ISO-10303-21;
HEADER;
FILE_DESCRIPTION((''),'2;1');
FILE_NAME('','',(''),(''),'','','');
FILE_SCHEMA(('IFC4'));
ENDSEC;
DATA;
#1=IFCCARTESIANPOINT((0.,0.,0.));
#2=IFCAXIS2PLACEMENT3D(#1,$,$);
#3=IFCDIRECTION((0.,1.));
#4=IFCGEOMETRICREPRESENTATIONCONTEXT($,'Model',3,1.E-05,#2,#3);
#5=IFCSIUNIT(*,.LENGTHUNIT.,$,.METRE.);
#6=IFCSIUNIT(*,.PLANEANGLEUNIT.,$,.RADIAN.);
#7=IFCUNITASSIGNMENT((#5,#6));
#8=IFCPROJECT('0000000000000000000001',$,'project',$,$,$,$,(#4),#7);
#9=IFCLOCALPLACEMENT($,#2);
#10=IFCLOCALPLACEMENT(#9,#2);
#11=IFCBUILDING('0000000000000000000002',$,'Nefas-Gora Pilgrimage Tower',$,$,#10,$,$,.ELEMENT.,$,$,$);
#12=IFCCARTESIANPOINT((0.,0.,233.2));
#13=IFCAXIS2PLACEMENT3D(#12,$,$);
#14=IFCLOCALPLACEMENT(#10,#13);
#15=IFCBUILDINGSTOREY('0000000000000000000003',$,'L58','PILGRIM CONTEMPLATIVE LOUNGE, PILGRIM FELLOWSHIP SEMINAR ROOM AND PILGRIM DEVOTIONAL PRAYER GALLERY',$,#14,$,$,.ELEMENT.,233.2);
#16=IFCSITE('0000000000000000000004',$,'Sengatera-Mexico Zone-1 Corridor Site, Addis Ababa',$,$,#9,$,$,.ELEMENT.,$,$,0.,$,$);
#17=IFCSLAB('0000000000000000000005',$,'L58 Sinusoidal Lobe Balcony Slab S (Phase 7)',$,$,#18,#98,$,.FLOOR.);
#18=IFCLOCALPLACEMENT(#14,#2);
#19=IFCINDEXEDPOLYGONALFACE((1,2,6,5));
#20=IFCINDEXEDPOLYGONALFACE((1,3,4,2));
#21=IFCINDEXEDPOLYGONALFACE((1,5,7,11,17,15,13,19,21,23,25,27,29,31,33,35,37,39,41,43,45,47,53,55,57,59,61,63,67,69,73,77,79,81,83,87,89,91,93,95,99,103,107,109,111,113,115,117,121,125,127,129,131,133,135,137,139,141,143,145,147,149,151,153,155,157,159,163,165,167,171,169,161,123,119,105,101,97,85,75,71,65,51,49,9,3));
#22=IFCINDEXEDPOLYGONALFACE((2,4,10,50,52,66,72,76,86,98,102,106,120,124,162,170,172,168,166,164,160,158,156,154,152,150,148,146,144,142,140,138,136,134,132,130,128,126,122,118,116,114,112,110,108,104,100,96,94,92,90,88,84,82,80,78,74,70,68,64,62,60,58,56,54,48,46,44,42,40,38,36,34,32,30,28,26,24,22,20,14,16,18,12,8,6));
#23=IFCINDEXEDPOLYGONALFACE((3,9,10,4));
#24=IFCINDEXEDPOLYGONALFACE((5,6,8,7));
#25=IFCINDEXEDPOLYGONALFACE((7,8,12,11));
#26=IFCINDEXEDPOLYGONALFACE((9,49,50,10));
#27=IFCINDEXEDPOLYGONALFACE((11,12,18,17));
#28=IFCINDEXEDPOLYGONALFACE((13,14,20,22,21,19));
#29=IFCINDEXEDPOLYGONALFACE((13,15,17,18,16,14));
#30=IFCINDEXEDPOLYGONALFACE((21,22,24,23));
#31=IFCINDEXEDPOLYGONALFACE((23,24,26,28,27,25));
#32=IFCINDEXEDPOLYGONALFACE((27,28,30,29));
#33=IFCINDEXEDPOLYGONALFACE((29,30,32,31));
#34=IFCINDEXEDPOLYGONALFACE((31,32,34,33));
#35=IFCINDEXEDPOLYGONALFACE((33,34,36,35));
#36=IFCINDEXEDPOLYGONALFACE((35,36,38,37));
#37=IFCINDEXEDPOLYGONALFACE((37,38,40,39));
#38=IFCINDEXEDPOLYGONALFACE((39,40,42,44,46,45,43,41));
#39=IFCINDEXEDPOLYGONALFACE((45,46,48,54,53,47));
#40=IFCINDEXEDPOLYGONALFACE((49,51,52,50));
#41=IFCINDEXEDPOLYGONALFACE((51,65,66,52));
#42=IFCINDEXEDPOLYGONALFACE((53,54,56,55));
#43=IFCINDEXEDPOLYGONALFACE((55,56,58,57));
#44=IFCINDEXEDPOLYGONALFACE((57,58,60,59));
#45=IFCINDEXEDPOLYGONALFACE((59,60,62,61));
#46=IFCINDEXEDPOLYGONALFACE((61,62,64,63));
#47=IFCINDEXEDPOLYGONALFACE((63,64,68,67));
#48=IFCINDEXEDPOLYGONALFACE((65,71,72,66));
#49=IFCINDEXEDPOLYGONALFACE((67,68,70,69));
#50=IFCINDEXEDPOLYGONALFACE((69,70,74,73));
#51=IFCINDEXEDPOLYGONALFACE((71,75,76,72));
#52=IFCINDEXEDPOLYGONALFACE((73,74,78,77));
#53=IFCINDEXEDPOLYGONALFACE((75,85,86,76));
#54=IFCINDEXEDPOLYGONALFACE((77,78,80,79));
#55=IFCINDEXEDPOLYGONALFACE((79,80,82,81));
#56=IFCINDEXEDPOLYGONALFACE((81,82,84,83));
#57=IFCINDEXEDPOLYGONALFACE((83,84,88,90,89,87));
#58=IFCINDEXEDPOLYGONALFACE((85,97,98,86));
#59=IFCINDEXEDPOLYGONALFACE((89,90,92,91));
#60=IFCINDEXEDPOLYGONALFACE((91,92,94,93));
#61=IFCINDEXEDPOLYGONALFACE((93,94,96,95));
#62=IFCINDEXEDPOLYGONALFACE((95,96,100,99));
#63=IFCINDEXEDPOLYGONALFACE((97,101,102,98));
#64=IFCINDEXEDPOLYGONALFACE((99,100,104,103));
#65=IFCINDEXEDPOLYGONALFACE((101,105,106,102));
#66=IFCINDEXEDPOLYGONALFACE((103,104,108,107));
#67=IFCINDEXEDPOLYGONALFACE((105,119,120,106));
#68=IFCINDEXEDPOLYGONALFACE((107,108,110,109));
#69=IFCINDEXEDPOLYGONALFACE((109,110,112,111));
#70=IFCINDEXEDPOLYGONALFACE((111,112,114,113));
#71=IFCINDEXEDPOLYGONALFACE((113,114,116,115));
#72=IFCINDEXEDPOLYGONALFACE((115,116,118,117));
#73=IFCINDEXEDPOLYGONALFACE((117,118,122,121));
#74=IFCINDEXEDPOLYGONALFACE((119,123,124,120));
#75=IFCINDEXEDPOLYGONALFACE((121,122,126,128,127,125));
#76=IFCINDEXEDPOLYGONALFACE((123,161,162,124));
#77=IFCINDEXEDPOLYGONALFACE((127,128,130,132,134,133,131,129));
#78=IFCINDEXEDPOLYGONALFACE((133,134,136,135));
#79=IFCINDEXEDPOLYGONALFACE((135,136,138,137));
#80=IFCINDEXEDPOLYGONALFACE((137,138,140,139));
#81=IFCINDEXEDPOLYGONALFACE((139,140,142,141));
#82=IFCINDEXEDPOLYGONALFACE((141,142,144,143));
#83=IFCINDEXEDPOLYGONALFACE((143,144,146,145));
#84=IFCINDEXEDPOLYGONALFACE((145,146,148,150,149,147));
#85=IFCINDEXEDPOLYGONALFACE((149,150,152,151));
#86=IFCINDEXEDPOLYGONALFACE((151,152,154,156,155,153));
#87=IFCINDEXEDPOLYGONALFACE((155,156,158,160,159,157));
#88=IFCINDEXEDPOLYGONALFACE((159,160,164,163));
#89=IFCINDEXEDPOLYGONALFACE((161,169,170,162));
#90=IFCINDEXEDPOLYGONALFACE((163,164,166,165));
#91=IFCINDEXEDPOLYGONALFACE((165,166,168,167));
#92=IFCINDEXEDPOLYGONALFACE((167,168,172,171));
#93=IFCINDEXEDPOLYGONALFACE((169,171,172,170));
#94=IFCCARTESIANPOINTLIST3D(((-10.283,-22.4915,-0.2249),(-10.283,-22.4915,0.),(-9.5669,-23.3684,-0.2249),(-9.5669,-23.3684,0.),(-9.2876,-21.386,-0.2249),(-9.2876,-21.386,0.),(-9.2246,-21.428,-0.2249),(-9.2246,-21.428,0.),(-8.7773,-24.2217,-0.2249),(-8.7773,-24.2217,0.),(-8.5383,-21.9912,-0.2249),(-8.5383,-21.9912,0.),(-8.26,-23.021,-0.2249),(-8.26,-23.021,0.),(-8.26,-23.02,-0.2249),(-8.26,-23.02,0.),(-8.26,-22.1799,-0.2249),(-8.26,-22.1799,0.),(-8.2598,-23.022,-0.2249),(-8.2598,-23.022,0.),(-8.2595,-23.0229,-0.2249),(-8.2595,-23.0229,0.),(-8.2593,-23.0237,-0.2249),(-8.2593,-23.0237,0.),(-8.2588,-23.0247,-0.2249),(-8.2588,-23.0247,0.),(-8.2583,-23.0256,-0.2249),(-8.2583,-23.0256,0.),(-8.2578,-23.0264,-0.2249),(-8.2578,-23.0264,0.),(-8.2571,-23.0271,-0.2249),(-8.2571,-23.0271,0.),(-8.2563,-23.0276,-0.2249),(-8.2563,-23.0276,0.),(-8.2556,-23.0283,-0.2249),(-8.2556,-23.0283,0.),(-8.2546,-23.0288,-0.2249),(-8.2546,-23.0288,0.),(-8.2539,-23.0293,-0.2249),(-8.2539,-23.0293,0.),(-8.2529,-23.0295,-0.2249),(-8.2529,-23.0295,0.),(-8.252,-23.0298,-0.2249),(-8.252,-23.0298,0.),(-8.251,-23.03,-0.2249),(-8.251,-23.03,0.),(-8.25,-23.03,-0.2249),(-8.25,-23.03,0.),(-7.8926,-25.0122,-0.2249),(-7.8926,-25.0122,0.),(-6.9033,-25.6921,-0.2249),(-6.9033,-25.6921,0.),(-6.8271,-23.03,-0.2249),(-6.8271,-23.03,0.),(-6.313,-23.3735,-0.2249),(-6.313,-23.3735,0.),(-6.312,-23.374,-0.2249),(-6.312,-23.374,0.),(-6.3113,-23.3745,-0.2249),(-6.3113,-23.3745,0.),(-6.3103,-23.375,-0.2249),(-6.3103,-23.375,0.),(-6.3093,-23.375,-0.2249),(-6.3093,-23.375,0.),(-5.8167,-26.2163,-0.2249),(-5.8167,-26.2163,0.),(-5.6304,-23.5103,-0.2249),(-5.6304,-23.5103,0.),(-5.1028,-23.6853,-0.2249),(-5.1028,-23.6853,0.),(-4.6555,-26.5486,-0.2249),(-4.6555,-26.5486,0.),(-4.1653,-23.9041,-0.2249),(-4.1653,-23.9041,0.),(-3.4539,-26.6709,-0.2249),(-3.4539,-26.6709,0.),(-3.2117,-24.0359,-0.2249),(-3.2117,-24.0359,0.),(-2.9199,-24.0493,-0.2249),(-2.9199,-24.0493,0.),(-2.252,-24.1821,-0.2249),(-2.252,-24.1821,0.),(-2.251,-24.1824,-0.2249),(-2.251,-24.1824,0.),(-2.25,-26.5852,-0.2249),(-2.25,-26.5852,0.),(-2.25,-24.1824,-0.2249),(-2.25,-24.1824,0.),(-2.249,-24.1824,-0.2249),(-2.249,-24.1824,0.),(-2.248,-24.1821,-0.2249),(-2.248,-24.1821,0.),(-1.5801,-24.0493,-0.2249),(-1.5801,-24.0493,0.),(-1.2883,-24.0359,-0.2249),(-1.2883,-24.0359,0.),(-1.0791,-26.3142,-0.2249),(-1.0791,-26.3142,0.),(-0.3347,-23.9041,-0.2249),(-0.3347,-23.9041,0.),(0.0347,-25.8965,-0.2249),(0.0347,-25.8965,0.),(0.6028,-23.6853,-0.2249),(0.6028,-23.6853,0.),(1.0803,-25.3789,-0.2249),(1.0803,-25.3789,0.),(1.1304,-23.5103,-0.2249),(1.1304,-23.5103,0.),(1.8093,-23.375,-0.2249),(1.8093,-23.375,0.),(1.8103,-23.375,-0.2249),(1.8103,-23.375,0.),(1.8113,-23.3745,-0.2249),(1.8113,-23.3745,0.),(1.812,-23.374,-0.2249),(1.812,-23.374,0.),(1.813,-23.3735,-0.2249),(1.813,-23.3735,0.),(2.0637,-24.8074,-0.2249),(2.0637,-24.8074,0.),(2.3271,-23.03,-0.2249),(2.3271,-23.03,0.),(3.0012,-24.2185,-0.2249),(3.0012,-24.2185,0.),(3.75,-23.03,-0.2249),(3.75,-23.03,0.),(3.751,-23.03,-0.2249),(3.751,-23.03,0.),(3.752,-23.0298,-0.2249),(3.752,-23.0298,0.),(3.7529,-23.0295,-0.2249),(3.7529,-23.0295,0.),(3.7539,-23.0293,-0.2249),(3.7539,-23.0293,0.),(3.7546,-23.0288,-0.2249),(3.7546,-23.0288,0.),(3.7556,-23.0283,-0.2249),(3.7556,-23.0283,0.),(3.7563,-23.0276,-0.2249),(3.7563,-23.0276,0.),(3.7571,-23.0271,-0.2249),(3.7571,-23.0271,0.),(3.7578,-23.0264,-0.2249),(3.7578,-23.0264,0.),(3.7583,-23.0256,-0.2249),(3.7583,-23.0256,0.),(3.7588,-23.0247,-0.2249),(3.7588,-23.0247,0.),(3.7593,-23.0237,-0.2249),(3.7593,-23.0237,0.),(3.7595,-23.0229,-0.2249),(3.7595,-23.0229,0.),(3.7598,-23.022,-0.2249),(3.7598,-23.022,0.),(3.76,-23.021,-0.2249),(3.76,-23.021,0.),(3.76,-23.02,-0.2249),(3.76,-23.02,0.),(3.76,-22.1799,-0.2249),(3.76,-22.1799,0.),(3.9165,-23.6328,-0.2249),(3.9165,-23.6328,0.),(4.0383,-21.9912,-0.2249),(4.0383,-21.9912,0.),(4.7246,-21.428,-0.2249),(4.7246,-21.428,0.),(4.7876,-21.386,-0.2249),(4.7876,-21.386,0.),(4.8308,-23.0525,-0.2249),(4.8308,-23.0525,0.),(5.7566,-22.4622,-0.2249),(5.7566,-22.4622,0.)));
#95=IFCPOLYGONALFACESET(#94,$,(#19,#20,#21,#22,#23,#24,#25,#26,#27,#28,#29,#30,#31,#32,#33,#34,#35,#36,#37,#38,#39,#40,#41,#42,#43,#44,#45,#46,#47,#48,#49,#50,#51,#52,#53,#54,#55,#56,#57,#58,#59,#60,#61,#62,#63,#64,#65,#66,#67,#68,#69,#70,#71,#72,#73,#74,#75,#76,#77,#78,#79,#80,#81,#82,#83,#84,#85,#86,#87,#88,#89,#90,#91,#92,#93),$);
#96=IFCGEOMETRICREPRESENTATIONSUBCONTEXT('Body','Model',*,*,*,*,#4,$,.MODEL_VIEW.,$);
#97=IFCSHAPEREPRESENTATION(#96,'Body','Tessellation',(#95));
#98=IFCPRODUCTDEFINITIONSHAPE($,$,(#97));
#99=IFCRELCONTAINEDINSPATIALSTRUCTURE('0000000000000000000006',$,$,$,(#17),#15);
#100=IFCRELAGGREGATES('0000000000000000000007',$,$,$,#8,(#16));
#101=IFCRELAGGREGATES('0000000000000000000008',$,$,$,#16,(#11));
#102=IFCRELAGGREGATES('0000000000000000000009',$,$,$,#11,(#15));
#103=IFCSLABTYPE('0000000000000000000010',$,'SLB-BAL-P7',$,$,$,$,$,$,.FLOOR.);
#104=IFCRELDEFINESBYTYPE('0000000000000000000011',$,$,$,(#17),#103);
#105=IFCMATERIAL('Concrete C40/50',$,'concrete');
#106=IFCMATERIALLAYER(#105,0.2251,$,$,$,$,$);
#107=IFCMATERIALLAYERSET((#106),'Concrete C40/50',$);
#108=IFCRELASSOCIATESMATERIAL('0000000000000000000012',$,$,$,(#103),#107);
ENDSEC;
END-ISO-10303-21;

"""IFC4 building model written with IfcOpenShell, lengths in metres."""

from ifc_helpers import new_model, si_unit, direction, frame, origin, place, context, subcontext, project, spatial, polyline, outline, extrude, material, layer, layer_set, type_object, element, save


model = new_model("IFC4")

# Units and contexts
model_context = context("Model", 3, precision=1e-05, world=origin(), true_north=direction((0.0, 1.0)))
body_context = subcontext(model_context, "Body", "Model", "MODEL_VIEW")
ifc_project = project(units=[si_unit("LENGTHUNIT", "METRE"), si_unit("PLANEANGLEUNIT", "RADIAN")], contexts=[model_context])

# Site, building, storey
site_placement = place(None, origin())
site = spatial("IfcSite", under=ifc_project, at=site_placement, Name="Sengatera-Mexico Zone-1 Corridor Site, Addis Ababa", CompositionType="ELEMENT", RefElevation=0.0)
building_placement = place(site_placement, origin())
building = spatial("IfcBuilding", under=site, at=building_placement, Name="Nefas-Gora Pilgrimage Tower", CompositionType="ELEMENT")
storey_placement = place(building_placement, frame((0.0, 0.0, 233.2)))
storey = spatial("IfcBuildingStorey", under=building, at=storey_placement, Name="L58", Description="PILGRIM CONTEMPLATIVE LOUNGE, PILGRIM FELLOWSHIP SEMINAR ROOM AND PILGRIM DEVOTIONAL PRAYER GALLERY", CompositionType="ELEMENT", Elevation=233.2)

# Slab
ifc_material_1 = material(Name="Concrete C40/50", Category="concrete")
ifc_layer_1 = layer(ifc_material_1, 0.2251)
ifc_layer_set_1 = layer_set([ifc_layer_1], Name="Concrete C40/50")
slab_type_1 = type_object("IfcSlabType", Name="SLB-BAL-P7", PredefinedType="FLOOR", material=ifc_layer_set_1)
slab_1_placement = place(storey_placement, frame((0.0, 0.0, -0.2249)))
element("IfcSlab", 1, at=slab_1_placement, inside=storey, type_object=slab_type_1, Name="L58 Sinusoidal Lobe Balcony Slab S (Phase 7)", PredefinedType="FLOOR", context=body_context, shape_type="SweptSolid", body=[
    extrude(outline(polyline([(4.7876, -21.386), (4.7246, -21.428), (4.0383, -21.9912), (3.76, -22.1799), (3.76, -23.02), (3.76, -23.021), (3.7598, -23.022), (3.7595, -23.0229), (3.7593, -23.0237), (3.7588, -23.0247), (3.7583, -23.0256), (3.7578, -23.0264), (3.7571, -23.0271), (3.7563, -23.0276), (3.7556, -23.0283), (3.7546, -23.0288), (3.7539, -23.0293), (3.7529, -23.0295), (3.752, -23.0298), (3.751, -23.03), (3.75, -23.03), (2.3271, -23.03), (1.813, -23.3735), (1.812, -23.374), (1.8113, -23.3745), (1.8103, -23.375), (1.8093, -23.375), (1.1304, -23.5103), (0.6028, -23.6853), (-0.3347, -23.9041), (-1.2883, -24.0359), (-1.5801, -24.0493), (-2.248, -24.1821), (-2.249, -24.1824), (-2.25, -24.1824), (-2.251, -24.1824), (-2.252, -24.1821), (-2.9199, -24.0493), (-3.2117, -24.0359), (-4.1653, -23.9041), (-5.1028, -23.6853), (-5.6304, -23.5103), (-6.3093, -23.375), (-6.3103, -23.375), (-6.3113, -23.3745), (-6.312, -23.374), (-6.313, -23.3735), (-6.8271, -23.03), (-8.25, -23.03), (-8.251, -23.03), (-8.252, -23.0298), (-8.2529, -23.0295), (-8.2539, -23.0293), (-8.2546, -23.0288), (-8.2556, -23.0283), (-8.2563, -23.0276), (-8.2571, -23.0271), (-8.2578, -23.0264), (-8.2583, -23.0256), (-8.2588, -23.0247), (-8.2593, -23.0237), (-8.2595, -23.0229), (-8.2598, -23.022), (-8.26, -23.021), (-8.26, -23.02), (-8.26, -22.1799), (-8.5383, -21.9912), (-9.2246, -21.428), (-9.2876, -21.386), (-10.283, -22.4915), (-9.5669, -23.3684), (-8.7773, -24.2217), (-7.8926, -25.0122), (-6.9033, -25.6921), (-5.8167, -26.2163), (-4.6555, -26.5486), (-3.4539, -26.6709), (-2.25, -26.5852), (-1.0791, -26.3142), (0.0347, -25.8965), (1.0803, -25.3789), (2.0637, -24.8074), (3.0012, -24.2185), (3.9165, -23.6328), (4.8308, -23.0525), (5.7566, -22.4622), (4.7876, -21.386)])), origin(), (0.0, 0.0, 1.0), 0.2249),
])

save(model, "model.ifc")
